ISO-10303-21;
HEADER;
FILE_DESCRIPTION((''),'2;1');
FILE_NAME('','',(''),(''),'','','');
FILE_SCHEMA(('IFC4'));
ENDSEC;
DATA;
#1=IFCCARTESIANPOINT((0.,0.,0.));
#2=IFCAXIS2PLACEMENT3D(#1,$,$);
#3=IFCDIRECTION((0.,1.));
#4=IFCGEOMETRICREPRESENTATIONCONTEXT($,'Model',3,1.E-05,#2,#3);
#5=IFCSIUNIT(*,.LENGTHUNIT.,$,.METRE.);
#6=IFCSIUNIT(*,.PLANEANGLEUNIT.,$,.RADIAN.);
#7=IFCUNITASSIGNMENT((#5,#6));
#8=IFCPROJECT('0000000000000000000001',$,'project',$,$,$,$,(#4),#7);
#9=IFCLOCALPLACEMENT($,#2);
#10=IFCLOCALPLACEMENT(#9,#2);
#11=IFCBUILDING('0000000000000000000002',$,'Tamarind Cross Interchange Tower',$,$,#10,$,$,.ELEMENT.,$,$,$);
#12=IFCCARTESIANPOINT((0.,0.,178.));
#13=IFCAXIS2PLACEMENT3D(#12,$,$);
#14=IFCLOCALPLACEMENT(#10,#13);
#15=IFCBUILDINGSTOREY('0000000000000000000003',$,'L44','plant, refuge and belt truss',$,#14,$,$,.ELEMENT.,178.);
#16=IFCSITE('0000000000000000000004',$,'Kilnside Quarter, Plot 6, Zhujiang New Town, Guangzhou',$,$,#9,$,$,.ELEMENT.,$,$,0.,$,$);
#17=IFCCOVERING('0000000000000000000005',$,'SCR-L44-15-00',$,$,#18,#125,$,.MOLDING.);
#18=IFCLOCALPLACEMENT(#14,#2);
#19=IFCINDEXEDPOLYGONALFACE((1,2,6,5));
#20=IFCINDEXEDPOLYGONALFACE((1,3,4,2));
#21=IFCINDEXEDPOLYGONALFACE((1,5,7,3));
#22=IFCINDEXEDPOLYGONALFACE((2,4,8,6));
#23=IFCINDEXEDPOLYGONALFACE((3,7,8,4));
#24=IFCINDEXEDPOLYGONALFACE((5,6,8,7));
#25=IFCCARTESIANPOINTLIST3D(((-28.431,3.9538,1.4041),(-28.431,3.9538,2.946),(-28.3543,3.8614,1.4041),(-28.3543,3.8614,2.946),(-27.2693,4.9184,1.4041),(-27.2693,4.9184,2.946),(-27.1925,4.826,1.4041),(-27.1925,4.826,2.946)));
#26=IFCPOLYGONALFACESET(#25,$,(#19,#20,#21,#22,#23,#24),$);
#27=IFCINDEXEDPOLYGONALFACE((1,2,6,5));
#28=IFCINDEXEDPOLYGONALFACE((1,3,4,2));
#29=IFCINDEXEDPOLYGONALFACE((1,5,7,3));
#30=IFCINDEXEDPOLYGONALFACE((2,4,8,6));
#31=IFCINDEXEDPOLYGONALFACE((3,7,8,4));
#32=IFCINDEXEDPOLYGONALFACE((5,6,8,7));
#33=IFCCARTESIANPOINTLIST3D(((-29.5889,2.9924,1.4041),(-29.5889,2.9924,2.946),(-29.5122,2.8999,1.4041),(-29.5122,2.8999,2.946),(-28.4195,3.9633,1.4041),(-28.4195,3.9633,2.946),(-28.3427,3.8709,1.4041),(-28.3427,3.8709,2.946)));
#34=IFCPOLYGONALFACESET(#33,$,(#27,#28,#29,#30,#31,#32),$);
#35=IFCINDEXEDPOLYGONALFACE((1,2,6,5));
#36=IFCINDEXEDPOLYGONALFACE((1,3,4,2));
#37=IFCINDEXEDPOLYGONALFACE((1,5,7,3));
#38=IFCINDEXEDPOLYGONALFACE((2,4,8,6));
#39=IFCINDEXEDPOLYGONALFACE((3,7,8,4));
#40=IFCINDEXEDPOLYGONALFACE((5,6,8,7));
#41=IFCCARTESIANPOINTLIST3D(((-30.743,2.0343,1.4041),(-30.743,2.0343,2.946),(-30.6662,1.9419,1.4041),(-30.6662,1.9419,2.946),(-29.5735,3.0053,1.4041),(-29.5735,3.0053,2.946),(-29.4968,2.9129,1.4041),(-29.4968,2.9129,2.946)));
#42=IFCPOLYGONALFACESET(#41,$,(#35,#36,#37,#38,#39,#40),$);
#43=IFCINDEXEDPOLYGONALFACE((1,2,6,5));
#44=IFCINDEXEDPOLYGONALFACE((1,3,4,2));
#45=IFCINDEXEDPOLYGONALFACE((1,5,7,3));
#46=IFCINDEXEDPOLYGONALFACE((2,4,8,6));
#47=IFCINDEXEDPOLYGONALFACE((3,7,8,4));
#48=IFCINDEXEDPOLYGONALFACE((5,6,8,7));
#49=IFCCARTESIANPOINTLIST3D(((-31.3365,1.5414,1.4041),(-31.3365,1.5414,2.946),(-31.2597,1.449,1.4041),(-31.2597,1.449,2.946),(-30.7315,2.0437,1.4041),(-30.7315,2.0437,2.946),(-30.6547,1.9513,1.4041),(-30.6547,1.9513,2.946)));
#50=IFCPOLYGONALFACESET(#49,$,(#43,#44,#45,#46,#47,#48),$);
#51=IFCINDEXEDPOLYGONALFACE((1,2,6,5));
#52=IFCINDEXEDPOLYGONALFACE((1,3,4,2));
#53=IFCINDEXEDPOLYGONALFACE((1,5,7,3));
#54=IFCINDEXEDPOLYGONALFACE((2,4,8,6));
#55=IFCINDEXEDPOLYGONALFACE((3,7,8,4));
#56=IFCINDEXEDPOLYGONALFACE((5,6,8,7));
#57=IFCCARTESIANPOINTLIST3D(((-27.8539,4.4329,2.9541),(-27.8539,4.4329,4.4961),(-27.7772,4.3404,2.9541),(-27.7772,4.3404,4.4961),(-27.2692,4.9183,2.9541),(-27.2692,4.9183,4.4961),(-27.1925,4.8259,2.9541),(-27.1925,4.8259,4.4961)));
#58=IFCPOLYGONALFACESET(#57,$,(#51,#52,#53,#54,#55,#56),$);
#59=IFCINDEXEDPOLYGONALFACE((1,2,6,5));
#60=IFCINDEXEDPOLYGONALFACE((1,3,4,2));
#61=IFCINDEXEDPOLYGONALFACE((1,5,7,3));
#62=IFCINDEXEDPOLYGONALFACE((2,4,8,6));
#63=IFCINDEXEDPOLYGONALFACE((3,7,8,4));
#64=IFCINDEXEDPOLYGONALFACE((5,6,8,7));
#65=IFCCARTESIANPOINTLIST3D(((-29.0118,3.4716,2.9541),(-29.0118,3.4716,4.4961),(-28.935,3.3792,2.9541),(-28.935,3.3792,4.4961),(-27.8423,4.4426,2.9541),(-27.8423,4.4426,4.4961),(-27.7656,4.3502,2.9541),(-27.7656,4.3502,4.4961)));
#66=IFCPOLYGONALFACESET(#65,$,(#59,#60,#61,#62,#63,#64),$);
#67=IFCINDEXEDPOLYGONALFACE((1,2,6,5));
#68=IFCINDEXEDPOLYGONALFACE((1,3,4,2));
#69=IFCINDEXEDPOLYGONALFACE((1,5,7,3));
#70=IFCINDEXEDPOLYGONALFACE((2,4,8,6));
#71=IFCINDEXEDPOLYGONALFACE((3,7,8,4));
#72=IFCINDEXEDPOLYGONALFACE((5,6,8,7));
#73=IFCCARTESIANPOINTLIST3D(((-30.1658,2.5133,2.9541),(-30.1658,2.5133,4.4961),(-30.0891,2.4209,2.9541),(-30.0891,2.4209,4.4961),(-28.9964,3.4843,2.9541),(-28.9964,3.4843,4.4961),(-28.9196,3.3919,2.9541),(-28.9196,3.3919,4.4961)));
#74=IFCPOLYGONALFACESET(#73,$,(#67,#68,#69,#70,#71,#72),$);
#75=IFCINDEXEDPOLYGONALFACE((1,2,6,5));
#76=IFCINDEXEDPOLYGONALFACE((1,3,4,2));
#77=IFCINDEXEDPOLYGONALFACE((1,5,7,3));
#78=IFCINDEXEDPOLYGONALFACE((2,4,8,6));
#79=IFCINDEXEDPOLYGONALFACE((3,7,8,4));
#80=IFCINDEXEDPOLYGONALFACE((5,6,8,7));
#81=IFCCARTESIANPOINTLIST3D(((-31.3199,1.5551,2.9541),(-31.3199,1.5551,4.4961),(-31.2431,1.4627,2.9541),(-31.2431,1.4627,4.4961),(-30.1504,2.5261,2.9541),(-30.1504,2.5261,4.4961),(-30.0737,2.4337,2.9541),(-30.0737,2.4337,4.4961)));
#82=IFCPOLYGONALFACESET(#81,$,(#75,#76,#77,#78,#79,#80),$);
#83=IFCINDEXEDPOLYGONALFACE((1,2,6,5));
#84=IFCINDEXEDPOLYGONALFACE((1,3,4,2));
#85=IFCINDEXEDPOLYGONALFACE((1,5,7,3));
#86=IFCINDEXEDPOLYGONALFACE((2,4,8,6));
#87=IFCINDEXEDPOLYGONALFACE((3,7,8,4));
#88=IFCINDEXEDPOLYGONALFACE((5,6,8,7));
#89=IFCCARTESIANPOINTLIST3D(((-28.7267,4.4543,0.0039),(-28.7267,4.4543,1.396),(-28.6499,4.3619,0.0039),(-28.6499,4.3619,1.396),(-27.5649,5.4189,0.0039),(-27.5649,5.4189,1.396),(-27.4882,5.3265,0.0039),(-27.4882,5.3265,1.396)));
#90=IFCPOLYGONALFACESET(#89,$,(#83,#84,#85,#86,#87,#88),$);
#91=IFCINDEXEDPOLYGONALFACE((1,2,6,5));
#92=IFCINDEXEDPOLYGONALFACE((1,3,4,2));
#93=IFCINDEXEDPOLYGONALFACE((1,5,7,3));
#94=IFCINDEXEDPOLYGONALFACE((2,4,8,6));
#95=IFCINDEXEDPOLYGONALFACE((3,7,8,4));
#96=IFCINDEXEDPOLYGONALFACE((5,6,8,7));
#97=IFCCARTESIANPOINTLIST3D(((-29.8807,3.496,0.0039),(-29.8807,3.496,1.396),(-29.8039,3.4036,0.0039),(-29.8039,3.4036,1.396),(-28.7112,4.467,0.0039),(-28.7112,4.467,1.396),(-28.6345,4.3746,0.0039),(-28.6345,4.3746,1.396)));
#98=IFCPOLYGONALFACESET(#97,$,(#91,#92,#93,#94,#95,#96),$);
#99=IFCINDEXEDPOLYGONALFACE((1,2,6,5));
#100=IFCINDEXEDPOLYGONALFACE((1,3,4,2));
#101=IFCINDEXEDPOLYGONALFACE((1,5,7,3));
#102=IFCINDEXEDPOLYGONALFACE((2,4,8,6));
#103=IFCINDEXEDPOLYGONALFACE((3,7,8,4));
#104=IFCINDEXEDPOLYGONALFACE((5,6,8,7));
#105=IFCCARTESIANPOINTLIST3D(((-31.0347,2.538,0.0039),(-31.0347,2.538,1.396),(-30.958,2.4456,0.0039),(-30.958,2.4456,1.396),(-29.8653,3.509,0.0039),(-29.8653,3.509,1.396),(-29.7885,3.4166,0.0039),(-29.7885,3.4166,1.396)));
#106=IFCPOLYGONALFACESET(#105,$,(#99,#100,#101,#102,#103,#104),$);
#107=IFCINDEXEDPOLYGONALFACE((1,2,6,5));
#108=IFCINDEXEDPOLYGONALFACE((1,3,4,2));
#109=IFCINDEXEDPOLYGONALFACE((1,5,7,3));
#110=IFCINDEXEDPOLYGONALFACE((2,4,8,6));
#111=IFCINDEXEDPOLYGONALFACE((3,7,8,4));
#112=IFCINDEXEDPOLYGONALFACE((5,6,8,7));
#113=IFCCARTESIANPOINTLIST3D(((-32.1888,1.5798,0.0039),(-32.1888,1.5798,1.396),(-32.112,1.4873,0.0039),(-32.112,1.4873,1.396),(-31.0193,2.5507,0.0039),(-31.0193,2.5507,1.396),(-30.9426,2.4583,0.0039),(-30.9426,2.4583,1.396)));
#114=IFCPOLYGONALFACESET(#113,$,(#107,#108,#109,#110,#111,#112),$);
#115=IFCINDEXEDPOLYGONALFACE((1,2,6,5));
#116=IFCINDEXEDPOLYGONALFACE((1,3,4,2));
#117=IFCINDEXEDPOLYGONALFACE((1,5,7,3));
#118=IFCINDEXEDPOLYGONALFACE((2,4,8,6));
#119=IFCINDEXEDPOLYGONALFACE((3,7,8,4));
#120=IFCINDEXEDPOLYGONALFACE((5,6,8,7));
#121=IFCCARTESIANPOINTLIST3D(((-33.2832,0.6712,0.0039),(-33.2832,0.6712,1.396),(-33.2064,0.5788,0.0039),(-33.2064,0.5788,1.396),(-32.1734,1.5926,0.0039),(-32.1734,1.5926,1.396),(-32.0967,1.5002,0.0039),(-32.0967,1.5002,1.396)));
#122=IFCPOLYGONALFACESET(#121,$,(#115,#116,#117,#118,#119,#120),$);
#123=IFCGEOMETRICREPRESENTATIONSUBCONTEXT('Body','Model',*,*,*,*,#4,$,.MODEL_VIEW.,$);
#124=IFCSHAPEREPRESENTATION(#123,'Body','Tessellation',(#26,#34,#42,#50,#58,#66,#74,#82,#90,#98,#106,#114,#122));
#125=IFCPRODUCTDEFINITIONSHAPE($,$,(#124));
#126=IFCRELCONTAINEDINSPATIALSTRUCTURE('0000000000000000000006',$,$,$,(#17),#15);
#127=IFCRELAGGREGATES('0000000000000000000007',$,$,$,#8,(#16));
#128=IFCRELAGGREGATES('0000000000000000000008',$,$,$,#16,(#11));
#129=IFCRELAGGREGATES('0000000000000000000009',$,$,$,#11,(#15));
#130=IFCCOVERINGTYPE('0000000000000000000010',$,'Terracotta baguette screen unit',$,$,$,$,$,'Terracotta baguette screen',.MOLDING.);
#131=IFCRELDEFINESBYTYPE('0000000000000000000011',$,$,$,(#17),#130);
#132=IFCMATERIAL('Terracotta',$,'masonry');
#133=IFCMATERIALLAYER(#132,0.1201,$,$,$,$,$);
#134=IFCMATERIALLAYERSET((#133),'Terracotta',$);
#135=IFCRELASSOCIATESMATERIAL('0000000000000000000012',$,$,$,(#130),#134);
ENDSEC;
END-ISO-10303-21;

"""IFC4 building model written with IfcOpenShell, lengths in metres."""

from ifc_helpers import new_model, si_unit, direction, frame, origin, origin_2d, place, context, subcontext, project, spatial, rectangle, extrude, material, layer, layer_set, type_object, element, save


model = new_model("IFC4")

# Units and contexts
model_context = context("Model", 3, precision=1e-05, world=origin(), true_north=direction((0.0, 1.0)))
body_context = subcontext(model_context, "Body", "Model", "MODEL_VIEW")
ifc_project = project(units=[si_unit("LENGTHUNIT", "METRE"), si_unit("PLANEANGLEUNIT", "RADIAN")], contexts=[model_context])

# Site, building, storey
site_placement = place(None, origin())
site = spatial("IfcSite", under=ifc_project, at=site_placement, Name="Kilnside Quarter, Plot 6, Zhujiang New Town, Guangzhou", CompositionType="ELEMENT", RefElevation=0.0)
building_placement = place(site_placement, origin())
building = spatial("IfcBuilding", under=site, at=building_placement, Name="Tamarind Cross Interchange Tower", CompositionType="ELEMENT")
storey_placement = place(building_placement, frame((0.0, 0.0, 178.0)))
storey = spatial("IfcBuildingStorey", under=building, at=storey_placement, Name="L44", Description="plant, refuge and belt truss", CompositionType="ELEMENT", Elevation=178.0)

# Covering
ifc_material_1 = material(Name="Terracotta", Category="masonry")
ifc_layer_1 = layer(ifc_material_1, 0.1201)
ifc_layer_set_1 = layer_set([ifc_layer_1], Name="Terracotta")
covering_type = type_object("IfcCoveringType", Name="Terracotta baguette screen unit", ElementType="Terracotta baguette screen", PredefinedType="MOLDING", material=ifc_layer_set_1)
covering_1_placement = place(storey_placement, origin())
element("IfcCovering", 1, at=covering_1_placement, inside=storey, type_object=covering_type, Name="SCR-L44-15-00", PredefinedType="MOLDING", context=body_context, shape_type="SweptSolid", body=[
    extrude(rectangle(XDim=1.51, YDim=0.1201, at=origin_2d()), frame((-27.8118, 4.3899, 1.4041), z_axis=(0.0, 0.0, 1.0), x_axis=(-0.769373, -0.6388, 0.0)), (0.0, 0.0, 1.0), 1.542),
    extrude(rectangle(XDim=1.52, YDim=0.1201, at=origin_2d()), frame((-28.9658, 3.4316, 1.4041), z_axis=(0.0, 0.0, 1.0), x_axis=(-0.769373, -0.6388, 0.0)), (0.0, 0.0, 1.0), 1.542),
    extrude(rectangle(XDim=1.52, YDim=0.1201, at=origin_2d()), frame((-30.1199, 2.4736, 1.4041), z_axis=(0.0, 0.0, 1.0), x_axis=(-0.769373, -0.6388, 0.0)), (0.0, 0.0, 1.0), 1.542),
    extrude(rectangle(XDim=0.7864, YDim=0.1201, at=origin_2d()), frame((-30.9956, 1.7463, 1.4041), z_axis=(0.0, 0.0, 1.0), x_axis=(-0.769373, -0.6388, 0.0)), (0.0, 0.0, 1.0), 1.542),
    extrude(rectangle(XDim=0.76, YDim=0.1201, at=origin_2d()), frame((-27.5232, 4.6294, 2.9541), z_axis=(0.0, 0.0, 1.0), x_axis=(-0.769373, -0.6388, 0.0)), (0.0, 0.0, 1.0), 1.542),
    extrude(rectangle(XDim=1.52, YDim=0.1201, at=origin_2d()), frame((-28.3887, 3.9109, 2.9541), z_axis=(0.0, 0.0, 1.0), x_axis=(-0.769373, -0.6388, 0.0)), (0.0, 0.0, 1.0), 1.542),
    extrude(rectangle(XDim=1.52, YDim=0.1201, at=origin_2d()), frame((-29.5427, 2.9526, 2.9541), z_axis=(0.0, 0.0, 1.0), x_axis=(-0.769373, -0.6388, 0.0)), (0.0, 0.0, 1.0), 1.542),
    extrude(rectangle(XDim=1.52, YDim=0.1201, at=origin_2d()), frame((-30.6968, 1.9944, 2.9541), z_axis=(0.0, 0.0, 1.0), x_axis=(-0.769373, -0.6388, 0.0)), (0.0, 0.0, 1.0), 1.542),
    extrude(rectangle(XDim=1.51, YDim=0.1201, at=origin_2d()), frame((-28.1074, 4.8904, 0.0039), z_axis=(0.0, 0.0, 1.0), x_axis=(-0.769373, -0.6388, 0.0)), (0.0, 0.0, 1.0), 1.3921),
    extrude(rectangle(XDim=1.52, YDim=0.1201, at=origin_2d()), frame((-29.2576, 3.9353, 0.0039), z_axis=(0.0, 0.0, 1.0), x_axis=(-0.769373, -0.6388, 0.0)), (0.0, 0.0, 1.0), 1.3921),
    extrude(rectangle(XDim=1.52, YDim=0.1201, at=origin_2d()), frame((-30.4116, 2.9773, 0.0039), z_axis=(0.0, 0.0, 1.0), x_axis=(-0.769373, -0.6388, 0.0)), (0.0, 0.0, 1.0), 1.3921),
    extrude(rectangle(XDim=1.52, YDim=0.1201, at=origin_2d()), frame((-31.5657, 2.019, 0.0039), z_axis=(0.0, 0.0, 1.0), x_axis=(-0.769373, -0.6388, 0.0)), (0.0, 0.0, 1.0), 1.3921),
    extrude(rectangle(XDim=1.4424, YDim=0.1201, at=origin_2d()), frame((-32.6899, 1.0857, 0.0039), z_axis=(0.0, 0.0, 1.0), x_axis=(-0.769373, -0.6388, 0.0)), (0.0, 0.0, 1.0), 1.3921),
])

save(model, "model.ifc")
